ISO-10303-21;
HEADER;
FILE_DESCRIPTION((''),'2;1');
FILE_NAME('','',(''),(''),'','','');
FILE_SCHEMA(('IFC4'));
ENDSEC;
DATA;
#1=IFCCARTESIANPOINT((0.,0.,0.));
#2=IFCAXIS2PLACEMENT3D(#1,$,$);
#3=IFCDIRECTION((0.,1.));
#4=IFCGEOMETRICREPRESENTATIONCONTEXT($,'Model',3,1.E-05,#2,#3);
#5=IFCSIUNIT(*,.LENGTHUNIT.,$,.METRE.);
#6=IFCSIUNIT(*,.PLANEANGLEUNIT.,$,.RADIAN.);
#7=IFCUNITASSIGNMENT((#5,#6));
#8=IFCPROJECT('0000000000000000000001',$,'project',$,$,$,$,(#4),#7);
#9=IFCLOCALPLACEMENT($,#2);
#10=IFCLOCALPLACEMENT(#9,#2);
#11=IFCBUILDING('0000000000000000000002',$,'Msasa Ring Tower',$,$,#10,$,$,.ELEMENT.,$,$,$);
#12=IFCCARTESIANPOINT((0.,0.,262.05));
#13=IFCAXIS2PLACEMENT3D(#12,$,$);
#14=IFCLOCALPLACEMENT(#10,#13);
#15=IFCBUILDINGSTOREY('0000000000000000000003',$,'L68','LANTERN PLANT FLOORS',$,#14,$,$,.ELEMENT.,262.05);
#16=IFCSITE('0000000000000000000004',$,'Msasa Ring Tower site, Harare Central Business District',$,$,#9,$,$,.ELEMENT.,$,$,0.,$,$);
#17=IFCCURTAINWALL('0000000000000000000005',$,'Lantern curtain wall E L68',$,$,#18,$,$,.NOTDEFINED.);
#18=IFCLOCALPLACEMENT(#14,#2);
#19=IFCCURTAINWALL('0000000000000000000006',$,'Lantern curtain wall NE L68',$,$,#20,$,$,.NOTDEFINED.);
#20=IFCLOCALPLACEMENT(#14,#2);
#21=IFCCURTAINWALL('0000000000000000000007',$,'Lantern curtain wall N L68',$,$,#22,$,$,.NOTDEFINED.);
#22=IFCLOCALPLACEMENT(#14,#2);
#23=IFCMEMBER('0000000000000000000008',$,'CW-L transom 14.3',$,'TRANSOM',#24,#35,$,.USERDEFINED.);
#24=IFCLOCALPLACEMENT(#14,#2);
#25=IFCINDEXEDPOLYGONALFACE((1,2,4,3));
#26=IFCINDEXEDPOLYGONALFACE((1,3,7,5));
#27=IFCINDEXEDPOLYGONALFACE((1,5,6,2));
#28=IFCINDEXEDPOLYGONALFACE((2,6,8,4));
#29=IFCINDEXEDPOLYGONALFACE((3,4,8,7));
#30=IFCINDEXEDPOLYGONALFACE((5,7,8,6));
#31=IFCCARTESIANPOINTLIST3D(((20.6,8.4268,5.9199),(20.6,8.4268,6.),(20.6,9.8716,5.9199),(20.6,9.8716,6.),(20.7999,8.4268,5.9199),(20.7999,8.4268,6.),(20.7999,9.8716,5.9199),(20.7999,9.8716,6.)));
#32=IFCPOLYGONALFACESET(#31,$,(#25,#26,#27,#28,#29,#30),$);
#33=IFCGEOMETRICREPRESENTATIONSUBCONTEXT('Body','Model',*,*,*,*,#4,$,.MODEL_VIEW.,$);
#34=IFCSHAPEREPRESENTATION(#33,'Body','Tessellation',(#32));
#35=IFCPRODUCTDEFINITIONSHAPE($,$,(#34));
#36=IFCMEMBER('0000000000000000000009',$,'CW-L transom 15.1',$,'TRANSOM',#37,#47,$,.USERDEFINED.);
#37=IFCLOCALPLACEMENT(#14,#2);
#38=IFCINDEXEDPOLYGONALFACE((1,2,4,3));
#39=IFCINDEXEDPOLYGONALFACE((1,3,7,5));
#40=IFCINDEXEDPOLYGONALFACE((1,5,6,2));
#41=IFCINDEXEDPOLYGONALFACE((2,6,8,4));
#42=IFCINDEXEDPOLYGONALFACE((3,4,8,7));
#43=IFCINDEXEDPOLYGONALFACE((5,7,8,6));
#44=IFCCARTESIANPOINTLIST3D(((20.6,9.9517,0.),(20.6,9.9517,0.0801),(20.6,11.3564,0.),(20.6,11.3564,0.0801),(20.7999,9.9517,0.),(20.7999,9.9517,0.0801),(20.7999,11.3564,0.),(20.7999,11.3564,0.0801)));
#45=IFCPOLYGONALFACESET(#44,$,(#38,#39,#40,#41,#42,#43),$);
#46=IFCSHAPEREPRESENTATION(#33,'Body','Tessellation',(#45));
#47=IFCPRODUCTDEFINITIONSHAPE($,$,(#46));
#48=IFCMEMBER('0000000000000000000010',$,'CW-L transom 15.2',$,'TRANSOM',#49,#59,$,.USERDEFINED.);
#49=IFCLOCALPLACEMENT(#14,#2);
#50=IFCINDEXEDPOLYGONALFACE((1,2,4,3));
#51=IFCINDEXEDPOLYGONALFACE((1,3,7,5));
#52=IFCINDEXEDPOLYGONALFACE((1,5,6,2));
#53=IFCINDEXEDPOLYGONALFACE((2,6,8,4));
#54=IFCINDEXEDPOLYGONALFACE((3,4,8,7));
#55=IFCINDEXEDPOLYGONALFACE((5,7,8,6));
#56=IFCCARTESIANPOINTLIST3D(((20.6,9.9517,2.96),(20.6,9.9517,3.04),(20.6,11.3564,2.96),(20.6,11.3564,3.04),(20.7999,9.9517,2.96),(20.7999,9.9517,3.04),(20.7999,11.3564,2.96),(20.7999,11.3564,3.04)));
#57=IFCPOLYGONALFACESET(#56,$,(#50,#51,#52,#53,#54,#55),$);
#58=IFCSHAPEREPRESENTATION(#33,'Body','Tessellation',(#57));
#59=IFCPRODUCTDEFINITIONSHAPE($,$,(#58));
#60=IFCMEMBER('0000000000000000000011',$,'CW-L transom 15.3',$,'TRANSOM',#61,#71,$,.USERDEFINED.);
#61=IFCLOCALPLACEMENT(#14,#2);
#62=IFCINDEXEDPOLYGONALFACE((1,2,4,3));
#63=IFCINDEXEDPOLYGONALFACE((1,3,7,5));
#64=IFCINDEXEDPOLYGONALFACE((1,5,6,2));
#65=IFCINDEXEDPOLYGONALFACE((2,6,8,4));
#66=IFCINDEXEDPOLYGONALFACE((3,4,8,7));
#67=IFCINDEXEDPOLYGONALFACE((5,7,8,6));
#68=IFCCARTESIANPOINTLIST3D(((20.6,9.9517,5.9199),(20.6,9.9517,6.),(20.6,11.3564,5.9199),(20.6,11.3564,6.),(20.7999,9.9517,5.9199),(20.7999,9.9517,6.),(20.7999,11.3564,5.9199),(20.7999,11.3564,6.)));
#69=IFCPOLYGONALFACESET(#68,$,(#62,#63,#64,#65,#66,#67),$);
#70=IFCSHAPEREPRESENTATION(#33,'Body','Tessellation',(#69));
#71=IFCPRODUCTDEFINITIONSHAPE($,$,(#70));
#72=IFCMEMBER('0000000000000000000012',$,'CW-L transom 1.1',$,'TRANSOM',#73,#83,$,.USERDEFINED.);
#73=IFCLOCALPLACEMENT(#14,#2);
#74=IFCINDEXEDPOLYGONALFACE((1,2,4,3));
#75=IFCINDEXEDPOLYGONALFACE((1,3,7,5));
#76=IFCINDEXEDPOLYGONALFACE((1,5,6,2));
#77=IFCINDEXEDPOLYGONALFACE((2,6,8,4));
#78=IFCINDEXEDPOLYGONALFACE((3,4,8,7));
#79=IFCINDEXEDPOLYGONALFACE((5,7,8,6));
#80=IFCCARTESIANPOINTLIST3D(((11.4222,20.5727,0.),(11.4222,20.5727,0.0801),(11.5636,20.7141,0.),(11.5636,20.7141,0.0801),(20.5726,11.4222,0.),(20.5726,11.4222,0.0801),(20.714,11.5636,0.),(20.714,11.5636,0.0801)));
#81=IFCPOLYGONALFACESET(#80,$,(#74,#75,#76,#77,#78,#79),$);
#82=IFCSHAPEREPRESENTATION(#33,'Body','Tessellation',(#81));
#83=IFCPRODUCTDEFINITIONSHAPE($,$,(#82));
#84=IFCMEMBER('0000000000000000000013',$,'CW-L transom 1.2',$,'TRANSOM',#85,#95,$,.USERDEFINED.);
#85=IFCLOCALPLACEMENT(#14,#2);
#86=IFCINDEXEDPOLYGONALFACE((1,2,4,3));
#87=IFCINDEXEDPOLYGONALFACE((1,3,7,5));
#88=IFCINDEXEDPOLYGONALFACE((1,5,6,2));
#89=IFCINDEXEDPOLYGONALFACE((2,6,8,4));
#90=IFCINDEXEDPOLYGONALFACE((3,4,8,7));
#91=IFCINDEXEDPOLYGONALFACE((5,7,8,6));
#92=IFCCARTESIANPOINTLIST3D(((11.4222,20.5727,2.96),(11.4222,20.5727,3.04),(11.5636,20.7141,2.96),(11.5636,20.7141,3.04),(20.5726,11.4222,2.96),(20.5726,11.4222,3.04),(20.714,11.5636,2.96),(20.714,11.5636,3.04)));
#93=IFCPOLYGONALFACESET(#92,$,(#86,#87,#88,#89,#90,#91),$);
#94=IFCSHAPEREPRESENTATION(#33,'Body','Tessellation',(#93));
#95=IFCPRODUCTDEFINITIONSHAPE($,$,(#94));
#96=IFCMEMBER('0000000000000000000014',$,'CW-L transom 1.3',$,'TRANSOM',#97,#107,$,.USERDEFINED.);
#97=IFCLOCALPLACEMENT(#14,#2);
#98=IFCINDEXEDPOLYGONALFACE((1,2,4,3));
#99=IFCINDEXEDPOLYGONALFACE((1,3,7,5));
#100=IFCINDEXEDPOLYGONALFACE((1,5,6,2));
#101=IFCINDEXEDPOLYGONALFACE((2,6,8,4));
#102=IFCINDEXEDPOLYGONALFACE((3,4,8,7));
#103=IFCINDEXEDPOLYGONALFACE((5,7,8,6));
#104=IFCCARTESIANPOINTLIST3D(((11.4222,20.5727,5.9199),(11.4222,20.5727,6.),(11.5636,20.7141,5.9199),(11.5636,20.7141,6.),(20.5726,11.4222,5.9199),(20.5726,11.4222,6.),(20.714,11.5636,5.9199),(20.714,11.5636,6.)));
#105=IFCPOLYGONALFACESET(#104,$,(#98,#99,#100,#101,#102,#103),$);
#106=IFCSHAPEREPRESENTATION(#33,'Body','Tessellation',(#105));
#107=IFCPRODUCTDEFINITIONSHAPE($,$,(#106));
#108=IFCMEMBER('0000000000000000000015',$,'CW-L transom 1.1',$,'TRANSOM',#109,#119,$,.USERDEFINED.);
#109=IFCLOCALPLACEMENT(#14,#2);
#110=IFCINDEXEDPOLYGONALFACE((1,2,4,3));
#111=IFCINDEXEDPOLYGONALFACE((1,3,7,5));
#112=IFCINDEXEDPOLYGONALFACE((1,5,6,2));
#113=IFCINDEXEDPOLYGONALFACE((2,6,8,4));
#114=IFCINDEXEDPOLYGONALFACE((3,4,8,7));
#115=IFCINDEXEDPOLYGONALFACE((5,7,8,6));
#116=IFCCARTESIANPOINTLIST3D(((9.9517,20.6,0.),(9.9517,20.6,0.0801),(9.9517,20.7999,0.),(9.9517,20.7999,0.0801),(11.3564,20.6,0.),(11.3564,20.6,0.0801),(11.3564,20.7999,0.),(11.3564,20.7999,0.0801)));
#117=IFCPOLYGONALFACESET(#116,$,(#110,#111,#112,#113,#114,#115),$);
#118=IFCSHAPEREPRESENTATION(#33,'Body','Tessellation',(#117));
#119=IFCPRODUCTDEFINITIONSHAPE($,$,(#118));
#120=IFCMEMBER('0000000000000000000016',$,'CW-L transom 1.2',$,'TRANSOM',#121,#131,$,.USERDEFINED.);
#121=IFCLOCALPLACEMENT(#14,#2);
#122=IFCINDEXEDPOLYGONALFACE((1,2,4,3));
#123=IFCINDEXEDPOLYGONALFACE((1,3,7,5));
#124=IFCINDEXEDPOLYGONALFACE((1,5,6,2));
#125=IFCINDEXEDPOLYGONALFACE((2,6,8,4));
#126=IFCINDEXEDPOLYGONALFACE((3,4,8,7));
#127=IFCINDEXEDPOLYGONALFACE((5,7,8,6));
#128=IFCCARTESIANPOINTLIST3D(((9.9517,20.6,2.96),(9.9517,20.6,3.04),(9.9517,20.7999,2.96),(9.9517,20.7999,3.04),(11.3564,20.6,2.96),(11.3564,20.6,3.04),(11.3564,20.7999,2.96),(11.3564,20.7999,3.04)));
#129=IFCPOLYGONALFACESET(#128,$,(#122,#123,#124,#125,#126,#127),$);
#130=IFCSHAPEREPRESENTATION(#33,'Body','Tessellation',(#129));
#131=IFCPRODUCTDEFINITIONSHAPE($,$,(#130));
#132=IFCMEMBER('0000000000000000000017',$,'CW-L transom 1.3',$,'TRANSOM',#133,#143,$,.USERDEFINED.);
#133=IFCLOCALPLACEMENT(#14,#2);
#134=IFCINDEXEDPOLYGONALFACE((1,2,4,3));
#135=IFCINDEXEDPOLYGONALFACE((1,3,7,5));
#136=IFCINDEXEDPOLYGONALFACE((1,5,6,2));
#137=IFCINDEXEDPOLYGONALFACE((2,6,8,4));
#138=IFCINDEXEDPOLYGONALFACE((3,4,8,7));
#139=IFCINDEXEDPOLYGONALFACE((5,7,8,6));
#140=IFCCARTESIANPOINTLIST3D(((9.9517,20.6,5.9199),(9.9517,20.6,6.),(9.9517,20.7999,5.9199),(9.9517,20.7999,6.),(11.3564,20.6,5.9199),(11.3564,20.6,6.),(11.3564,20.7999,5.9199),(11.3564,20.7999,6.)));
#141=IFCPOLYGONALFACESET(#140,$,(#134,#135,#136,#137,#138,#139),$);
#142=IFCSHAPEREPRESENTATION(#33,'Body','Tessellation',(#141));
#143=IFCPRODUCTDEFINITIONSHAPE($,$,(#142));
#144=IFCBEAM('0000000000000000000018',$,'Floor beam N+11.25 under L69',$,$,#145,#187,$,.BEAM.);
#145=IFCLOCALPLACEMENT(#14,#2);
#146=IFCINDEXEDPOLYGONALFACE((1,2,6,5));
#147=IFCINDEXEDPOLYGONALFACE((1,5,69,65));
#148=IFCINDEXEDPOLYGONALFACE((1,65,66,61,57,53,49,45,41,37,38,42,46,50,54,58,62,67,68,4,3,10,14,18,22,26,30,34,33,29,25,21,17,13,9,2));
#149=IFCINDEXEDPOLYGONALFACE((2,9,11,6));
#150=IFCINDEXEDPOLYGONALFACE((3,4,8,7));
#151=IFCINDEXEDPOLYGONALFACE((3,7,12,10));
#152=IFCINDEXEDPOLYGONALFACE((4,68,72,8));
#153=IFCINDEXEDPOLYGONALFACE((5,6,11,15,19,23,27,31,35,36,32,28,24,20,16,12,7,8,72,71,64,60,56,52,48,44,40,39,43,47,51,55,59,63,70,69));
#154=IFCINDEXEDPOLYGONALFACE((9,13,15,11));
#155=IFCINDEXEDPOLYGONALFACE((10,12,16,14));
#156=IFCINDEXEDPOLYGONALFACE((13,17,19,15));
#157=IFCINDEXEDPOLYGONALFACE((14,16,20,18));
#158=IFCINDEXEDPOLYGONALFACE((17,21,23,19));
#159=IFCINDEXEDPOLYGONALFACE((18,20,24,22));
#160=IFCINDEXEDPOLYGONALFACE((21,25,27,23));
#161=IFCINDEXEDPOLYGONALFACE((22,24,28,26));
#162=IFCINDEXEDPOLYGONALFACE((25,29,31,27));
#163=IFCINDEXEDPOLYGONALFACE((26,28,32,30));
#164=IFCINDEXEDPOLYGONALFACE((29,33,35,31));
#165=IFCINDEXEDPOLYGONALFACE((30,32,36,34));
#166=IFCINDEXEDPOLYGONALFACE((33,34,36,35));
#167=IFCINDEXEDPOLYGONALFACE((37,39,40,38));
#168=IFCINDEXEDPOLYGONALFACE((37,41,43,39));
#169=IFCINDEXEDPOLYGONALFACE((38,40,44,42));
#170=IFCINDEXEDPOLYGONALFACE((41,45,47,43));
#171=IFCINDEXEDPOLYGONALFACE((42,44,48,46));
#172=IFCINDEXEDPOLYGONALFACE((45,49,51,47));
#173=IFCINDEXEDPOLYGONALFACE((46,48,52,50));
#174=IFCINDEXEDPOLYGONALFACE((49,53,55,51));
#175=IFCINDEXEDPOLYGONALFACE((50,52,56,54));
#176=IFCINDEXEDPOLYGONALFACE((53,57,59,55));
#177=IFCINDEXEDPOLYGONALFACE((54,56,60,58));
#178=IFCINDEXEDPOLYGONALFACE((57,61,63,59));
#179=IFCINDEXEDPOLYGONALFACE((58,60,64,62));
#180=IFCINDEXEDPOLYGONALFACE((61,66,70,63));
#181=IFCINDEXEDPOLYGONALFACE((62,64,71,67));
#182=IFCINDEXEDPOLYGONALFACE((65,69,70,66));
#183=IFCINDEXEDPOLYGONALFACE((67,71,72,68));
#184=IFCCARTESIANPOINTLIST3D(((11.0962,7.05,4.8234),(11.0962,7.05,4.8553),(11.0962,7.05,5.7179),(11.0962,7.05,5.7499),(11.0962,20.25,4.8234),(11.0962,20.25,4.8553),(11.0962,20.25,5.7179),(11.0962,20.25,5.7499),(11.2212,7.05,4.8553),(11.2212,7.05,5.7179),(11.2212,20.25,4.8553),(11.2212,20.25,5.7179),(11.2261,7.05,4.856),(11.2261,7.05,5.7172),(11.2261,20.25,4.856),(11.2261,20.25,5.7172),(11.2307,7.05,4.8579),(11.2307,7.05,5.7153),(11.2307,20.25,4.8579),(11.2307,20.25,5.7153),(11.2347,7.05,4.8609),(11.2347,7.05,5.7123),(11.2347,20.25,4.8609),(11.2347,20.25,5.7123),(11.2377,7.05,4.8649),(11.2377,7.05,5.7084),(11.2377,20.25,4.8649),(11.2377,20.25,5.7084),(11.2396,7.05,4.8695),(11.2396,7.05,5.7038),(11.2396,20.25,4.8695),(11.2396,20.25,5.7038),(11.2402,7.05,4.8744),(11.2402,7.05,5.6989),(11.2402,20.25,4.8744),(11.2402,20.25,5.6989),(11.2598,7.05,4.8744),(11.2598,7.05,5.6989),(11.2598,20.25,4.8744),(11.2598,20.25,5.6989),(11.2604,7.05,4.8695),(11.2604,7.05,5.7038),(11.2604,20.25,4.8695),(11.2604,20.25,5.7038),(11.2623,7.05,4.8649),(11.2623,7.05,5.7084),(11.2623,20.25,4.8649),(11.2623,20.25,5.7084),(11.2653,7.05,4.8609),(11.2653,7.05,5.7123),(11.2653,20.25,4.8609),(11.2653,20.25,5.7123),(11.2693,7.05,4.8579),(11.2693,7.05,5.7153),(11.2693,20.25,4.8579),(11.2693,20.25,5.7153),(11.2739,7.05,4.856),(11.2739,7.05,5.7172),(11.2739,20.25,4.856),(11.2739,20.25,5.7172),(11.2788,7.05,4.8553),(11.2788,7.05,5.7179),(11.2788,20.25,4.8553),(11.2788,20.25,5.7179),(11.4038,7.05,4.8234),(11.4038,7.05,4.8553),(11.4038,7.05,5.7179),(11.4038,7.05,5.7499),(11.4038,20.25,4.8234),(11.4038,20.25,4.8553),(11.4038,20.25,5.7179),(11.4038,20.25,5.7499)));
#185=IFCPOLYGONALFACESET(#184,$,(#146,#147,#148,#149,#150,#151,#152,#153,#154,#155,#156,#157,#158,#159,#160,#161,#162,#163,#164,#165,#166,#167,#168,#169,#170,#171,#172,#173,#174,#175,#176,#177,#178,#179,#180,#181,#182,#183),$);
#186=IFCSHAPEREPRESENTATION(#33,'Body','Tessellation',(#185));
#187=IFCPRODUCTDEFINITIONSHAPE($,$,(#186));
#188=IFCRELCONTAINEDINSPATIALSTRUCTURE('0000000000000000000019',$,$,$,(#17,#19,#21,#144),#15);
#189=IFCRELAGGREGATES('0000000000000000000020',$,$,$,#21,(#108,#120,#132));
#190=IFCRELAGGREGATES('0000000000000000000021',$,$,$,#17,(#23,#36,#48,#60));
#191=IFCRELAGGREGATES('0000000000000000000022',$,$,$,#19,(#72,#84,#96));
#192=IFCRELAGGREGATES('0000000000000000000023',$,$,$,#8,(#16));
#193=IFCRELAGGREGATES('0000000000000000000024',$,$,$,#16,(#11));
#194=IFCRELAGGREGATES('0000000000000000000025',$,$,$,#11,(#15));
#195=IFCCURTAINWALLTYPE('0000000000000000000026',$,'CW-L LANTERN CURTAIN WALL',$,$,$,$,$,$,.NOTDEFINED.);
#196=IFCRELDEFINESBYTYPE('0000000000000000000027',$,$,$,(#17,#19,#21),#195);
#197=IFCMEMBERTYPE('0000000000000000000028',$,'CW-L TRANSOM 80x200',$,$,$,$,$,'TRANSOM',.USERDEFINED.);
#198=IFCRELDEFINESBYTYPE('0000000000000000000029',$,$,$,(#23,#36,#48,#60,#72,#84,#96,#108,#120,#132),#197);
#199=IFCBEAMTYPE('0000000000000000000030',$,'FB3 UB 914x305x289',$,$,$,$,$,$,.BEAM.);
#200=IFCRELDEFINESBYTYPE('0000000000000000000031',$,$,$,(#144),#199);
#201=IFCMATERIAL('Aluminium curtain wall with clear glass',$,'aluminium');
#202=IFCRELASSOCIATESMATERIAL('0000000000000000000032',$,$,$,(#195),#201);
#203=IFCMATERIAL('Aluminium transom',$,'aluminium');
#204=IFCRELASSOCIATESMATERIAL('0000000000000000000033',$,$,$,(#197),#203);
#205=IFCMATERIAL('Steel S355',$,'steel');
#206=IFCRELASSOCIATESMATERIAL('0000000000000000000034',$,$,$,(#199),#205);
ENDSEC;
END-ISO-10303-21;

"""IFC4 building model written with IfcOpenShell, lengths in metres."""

from ifc_helpers import new_model, si_unit, direction, frame, origin, origin_2d, place, context, subcontext, project, spatial, rectangle, i_section, extrude, material, material_profile, profile_set, type_object, element, aggregate, save


model = new_model("IFC4")

# Units and contexts
model_context = context("Model", 3, precision=1e-05, world=origin(), true_north=direction((0.0, 1.0)))
body_context = subcontext(model_context, "Body", "Model", "MODEL_VIEW")
ifc_project = project(units=[si_unit("LENGTHUNIT", "METRE"), si_unit("PLANEANGLEUNIT", "RADIAN")], contexts=[model_context])

# Site, building, storey
site_placement = place(None, origin())
site = spatial("IfcSite", under=ifc_project, at=site_placement, Name="Msasa Ring Tower site, Harare Central Business District", CompositionType="ELEMENT", RefElevation=0.0)
building_placement = place(site_placement, origin())
building = spatial("IfcBuilding", under=site, at=building_placement, Name="Msasa Ring Tower", CompositionType="ELEMENT")
storey_placement = place(building_placement, frame((0.0, 0.0, 262.05)))
storey = spatial("IfcBuildingStorey", under=building, at=storey_placement, Name="L68", Description="LANTERN PLANT FLOORS", CompositionType="ELEMENT", Elevation=262.05)

# Curtain walls
ifc_material_1 = material(Name="Aluminium curtain wall with clear glass", Category="aluminium")
curtain_wall_type = type_object("IfcCurtainWallType", Name="CW-L LANTERN CURTAIN WALL", PredefinedType="NOTDEFINED", material=ifc_material_1)
curtain_wall_1_placement = place(storey_placement, origin())
curtain_wall_1 = element("IfcCurtainWall", 1, at=curtain_wall_1_placement, inside=storey, type_object=curtain_wall_type, Name="Lantern curtain wall E L68", PredefinedType="NOTDEFINED")
curtain_wall_2_placement = place(storey_placement, origin())
curtain_wall_2 = element("IfcCurtainWall", 2, at=curtain_wall_2_placement, inside=storey, type_object=curtain_wall_type, Name="Lantern curtain wall NE L68", PredefinedType="NOTDEFINED")

# Curtain wall
curtain_wall_3_placement = place(storey_placement, origin())
curtain_wall_3 = element("IfcCurtainWall", 3, at=curtain_wall_3_placement, inside=storey, type_object=curtain_wall_type, Name="Lantern curtain wall N L68", PredefinedType="NOTDEFINED")

# Members
ifc_material_2 = material(Name="Aluminium transom", Category="aluminium")
ifc_material_profile_1 = material_profile(ifc_material_2, rectangle(XDim=0.2, YDim=0.0801, at=origin_2d()), Name="AL 80x200")
ifc_profile_set_1 = profile_set([ifc_material_profile_1], Name="Aluminium transom")
member_type_1 = type_object("IfcMemberType", Name="CW-L TRANSOM 80x200", ElementType="TRANSOM", PredefinedType="USERDEFINED", material=ifc_profile_set_1)
member_1_placement = place(storey_placement, frame((20.7, 8.4268, 5.96), z_axis=(0.0, 1.0, 0.0), x_axis=(-1.0, 0.0, 0.0)))
member_1 = element("IfcMember", 4, at=member_1_placement, type_object=member_type_1, Name="CW-L transom 14.3", ObjectType="TRANSOM", PredefinedType="USERDEFINED", context=body_context, shape_type="SweptSolid", body=[
    extrude(rectangle(XDim=0.2, YDim=0.0801, at=origin_2d()), origin(), (0.0, 0.0, 1.0), 1.4448),
])
member_2_placement = place(storey_placement, frame((20.7, 9.9517, 0.04), z_axis=(0.0, 1.0, 0.0), x_axis=(-1.0, 0.0, 0.0)))
member_2 = element("IfcMember", 5, at=member_2_placement, type_object=member_type_1, Name="CW-L transom 15.1", ObjectType="TRANSOM", PredefinedType="USERDEFINED", context=body_context, shape_type="SweptSolid", body=[
    extrude(rectangle(XDim=0.2, YDim=0.0801, at=origin_2d()), origin(), (0.0, 0.0, 1.0), 1.4048),
])
member_3_placement = place(storey_placement, frame((20.7, 9.9517, 3.0), z_axis=(0.0, 1.0, 0.0), x_axis=(-1.0, 0.0, 0.0)))
member_3 = element("IfcMember", 6, at=member_3_placement, type_object=member_type_1, Name="CW-L transom 15.2", ObjectType="TRANSOM", PredefinedType="USERDEFINED", context=body_context, shape_type="SweptSolid", body=[
    extrude(rectangle(XDim=0.2, YDim=0.0801, at=origin_2d()), origin(), (0.0, 0.0, 1.0), 1.4048),
])
member_4_placement = place(storey_placement, frame((20.7, 9.9517, 5.96), z_axis=(0.0, 1.0, 0.0), x_axis=(-1.0, 0.0, 0.0)))
member_4 = element("IfcMember", 7, at=member_4_placement, type_object=member_type_1, Name="CW-L transom 15.3", ObjectType="TRANSOM", PredefinedType="USERDEFINED", context=body_context, shape_type="SweptSolid", body=[
    extrude(rectangle(XDim=0.2, YDim=0.0801, at=origin_2d()), origin(), (0.0, 0.0, 1.0), 1.4048),
])
member_5_placement = place(storey_placement, frame((20.6433, 11.4929, 0.04), z_axis=(-0.707107, 0.707107, 0.0), x_axis=(-0.707107, -0.707107, 0.0)))
member_5 = element("IfcMember", 8, at=member_5_placement, type_object=member_type_1, Name="CW-L transom 1.1", ObjectType="TRANSOM", PredefinedType="USERDEFINED", context=body_context, shape_type="SweptSolid", body=[
    extrude(rectangle(XDim=0.2, YDim=0.0801, at=origin_2d()), origin(), (0.0, 0.0, 1.0), 12.9407),
])
member_6_placement = place(storey_placement, frame((20.6433, 11.4929, 3.0), z_axis=(-0.707107, 0.707107, 0.0), x_axis=(-0.707107, -0.707107, 0.0)))
member_6 = element("IfcMember", 9, at=member_6_placement, type_object=member_type_1, Name="CW-L transom 1.2", ObjectType="TRANSOM", PredefinedType="USERDEFINED", context=body_context, shape_type="SweptSolid", body=[
    extrude(rectangle(XDim=0.2, YDim=0.0801, at=origin_2d()), origin(), (0.0, 0.0, 1.0), 12.9407),
])
member_7_placement = place(storey_placement, frame((20.6433, 11.4929, 5.96), z_axis=(-0.707107, 0.707107, 0.0), x_axis=(-0.707107, -0.707107, 0.0)))
member_7 = element("IfcMember", 10, at=member_7_placement, type_object=member_type_1, Name="CW-L transom 1.3", ObjectType="TRANSOM", PredefinedType="USERDEFINED", context=body_context, shape_type="SweptSolid", body=[
    extrude(rectangle(XDim=0.2, YDim=0.0801, at=origin_2d()), origin(), (0.0, 0.0, 1.0), 12.9407),
])
member_8_placement = place(storey_placement, frame((11.3564, 20.7, 0.04), z_axis=(-1.0, 0.0, 0.0), x_axis=(0.0, -1.0, 0.0)))
member_8 = element("IfcMember", 11, at=member_8_placement, type_object=member_type_1, Name="CW-L transom 1.1", ObjectType="TRANSOM", PredefinedType="USERDEFINED", context=body_context, shape_type="SweptSolid", body=[
    extrude(rectangle(XDim=0.2, YDim=0.0801, at=origin_2d()), origin(), (0.0, 0.0, 1.0), 1.4048),
])
member_9_placement = place(storey_placement, frame((11.3564, 20.7, 3.0), z_axis=(-1.0, 0.0, 0.0), x_axis=(0.0, -1.0, 0.0)))
member_9 = element("IfcMember", 12, at=member_9_placement, type_object=member_type_1, Name="CW-L transom 1.2", ObjectType="TRANSOM", PredefinedType="USERDEFINED", context=body_context, shape_type="SweptSolid", body=[
    extrude(rectangle(XDim=0.2, YDim=0.0801, at=origin_2d()), origin(), (0.0, 0.0, 1.0), 1.4048),
])
member_10_placement = place(storey_placement, frame((11.3564, 20.7, 5.96), z_axis=(-1.0, 0.0, 0.0), x_axis=(0.0, -1.0, 0.0)))
member_10 = element("IfcMember", 13, at=member_10_placement, type_object=member_type_1, Name="CW-L transom 1.3", ObjectType="TRANSOM", PredefinedType="USERDEFINED", context=body_context, shape_type="SweptSolid", body=[
    extrude(rectangle(XDim=0.2, YDim=0.0801, at=origin_2d()), origin(), (0.0, 0.0, 1.0), 1.4048),
])
aggregate(curtain_wall_3, [member_8, member_9, member_10])

# Beam
ifc_material_3 = material(Name="Steel S355", Category="steel")
ifc_material_profile_2 = material_profile(ifc_material_3, i_section(OverallWidth=0.3076, OverallDepth=0.9265, WebThickness=0.0195, FlangeThickness=0.032, FilletRadius=0.019, at=origin_2d()), Name="UB 914x305x289")
ifc_profile_set_2 = profile_set([ifc_material_profile_2], Name="Steel S355")
beam_type_1 = type_object("IfcBeamType", Name="FB3 UB 914x305x289", PredefinedType="BEAM", material=ifc_profile_set_2)
beam_1_placement = place(storey_placement, frame((11.25, 20.25, 5.2866), z_axis=(0.0, -1.0, 0.0), x_axis=(1.0, 0.0, 0.0)))
element("IfcBeam", 14, at=beam_1_placement, inside=storey, type_object=beam_type_1, Name="Floor beam N+11.25 under L69", PredefinedType="BEAM", context=body_context, shape_type="SweptSolid", body=[
    extrude(i_section(OverallWidth=0.3076, OverallDepth=0.9265, WebThickness=0.0195, FlangeThickness=0.032, FilletRadius=0.019, at=origin_2d()), origin(), (0.0, 0.0, 1.0), 13.2),
])

aggregate(curtain_wall_1, [member_1, member_2, member_3, member_4])
aggregate(curtain_wall_2, [member_5, member_6, member_7])

save(model, "model.ifc")
